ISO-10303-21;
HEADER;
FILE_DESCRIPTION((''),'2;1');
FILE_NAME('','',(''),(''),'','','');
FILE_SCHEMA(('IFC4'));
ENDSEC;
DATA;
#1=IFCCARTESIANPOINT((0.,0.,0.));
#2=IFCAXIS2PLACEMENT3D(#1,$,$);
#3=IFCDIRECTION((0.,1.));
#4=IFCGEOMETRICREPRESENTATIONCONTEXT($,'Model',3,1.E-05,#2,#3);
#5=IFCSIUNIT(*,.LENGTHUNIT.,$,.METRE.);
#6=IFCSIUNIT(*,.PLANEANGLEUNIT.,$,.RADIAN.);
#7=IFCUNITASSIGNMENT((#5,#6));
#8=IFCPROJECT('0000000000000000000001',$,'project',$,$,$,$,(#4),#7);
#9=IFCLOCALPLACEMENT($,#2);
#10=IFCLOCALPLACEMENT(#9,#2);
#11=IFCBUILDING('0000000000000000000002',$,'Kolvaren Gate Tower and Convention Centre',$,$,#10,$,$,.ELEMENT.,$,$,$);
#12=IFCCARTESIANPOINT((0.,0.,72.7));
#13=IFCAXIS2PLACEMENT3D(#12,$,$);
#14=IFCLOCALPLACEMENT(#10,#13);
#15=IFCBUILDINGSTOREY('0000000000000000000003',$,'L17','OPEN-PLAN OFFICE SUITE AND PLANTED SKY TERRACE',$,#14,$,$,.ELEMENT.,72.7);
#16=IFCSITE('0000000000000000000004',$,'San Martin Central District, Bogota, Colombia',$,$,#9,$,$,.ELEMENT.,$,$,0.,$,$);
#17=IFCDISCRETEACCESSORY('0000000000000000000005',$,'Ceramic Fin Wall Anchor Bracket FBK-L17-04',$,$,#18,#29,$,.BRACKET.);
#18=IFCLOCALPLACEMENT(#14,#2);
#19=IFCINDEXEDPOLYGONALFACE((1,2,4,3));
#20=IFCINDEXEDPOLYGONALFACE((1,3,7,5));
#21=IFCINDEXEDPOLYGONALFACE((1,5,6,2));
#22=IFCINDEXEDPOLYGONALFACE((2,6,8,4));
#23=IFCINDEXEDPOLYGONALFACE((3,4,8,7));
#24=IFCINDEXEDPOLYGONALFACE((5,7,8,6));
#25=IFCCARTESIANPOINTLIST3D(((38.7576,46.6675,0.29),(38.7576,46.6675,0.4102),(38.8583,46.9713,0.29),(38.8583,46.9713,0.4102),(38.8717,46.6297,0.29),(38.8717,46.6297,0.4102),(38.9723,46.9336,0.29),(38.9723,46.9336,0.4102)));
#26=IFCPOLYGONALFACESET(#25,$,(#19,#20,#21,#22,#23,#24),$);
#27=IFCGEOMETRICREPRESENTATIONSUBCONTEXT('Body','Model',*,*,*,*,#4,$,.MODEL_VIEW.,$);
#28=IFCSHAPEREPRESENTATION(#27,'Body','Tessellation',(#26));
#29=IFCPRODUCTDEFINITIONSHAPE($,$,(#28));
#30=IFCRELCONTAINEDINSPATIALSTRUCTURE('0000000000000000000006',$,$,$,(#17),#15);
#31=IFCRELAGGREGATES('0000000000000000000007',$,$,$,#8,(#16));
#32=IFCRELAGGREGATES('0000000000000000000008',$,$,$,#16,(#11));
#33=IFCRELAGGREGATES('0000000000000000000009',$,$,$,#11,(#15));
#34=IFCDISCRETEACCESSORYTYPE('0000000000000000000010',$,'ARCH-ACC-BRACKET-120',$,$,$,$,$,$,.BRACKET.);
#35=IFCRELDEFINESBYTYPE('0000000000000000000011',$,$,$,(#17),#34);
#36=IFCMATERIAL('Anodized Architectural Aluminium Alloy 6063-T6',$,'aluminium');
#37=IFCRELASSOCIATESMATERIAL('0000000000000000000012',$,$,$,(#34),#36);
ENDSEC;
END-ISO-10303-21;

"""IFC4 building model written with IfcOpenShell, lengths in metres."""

from ifc_helpers import new_model, si_unit, direction, frame, origin, origin_2d, place, context, subcontext, project, spatial, rectangle, extrude, material, type_object, element, save


model = new_model("IFC4")

# Units and contexts
model_context = context("Model", 3, precision=1e-05, world=origin(), true_north=direction((0.0, 1.0)))
body_context = subcontext(model_context, "Body", "Model", "MODEL_VIEW")
ifc_project = project(units=[si_unit("LENGTHUNIT", "METRE"), si_unit("PLANEANGLEUNIT", "RADIAN")], contexts=[model_context])

# Site, building, storey
site_placement = place(None, origin())
site = spatial("IfcSite", under=ifc_project, at=site_placement, Name="San Martin Central District, Bogota, Colombia", CompositionType="ELEMENT", RefElevation=0.0)
building_placement = place(site_placement, origin())
building = spatial("IfcBuilding", under=site, at=building_placement, Name="Kolvaren Gate Tower and Convention Centre", CompositionType="ELEMENT")
storey_placement = place(building_placement, frame((0.0, 0.0, 72.7)))
storey = spatial("IfcBuildingStorey", under=building, at=storey_placement, Name="L17", Description="OPEN-PLAN OFFICE SUITE AND PLANTED SKY TERRACE", CompositionType="ELEMENT", Elevation=72.7)

# Discrete accessory
ifc_material_1 = material(Name="Anodized Architectural Aluminium Alloy 6063-T6", Category="aluminium")
discrete_accessory_type = type_object("IfcDiscreteAccessoryType", Name="ARCH-ACC-BRACKET-120", PredefinedType="BRACKET", material=ifc_material_1)
discrete_accessory_placement = place(storey_placement, frame((38.865, 46.8005, 0.29), z_axis=(0.0, 0.0, 1.0), x_axis=(0.949242, -0.314548, 0.0)))
element("IfcDiscreteAccessory", 1, at=discrete_accessory_placement, inside=storey, type_object=discrete_accessory_type, Name="Ceramic Fin Wall Anchor Bracket FBK-L17-04", PredefinedType="BRACKET", context=body_context, shape_type="SweptSolid", body=[
    extrude(rectangle(XDim=0.1201, YDim=0.3201, at=origin_2d()), origin(), (0.0, 0.0, 1.0), 0.1201),
])

save(model, "model.ifc")
